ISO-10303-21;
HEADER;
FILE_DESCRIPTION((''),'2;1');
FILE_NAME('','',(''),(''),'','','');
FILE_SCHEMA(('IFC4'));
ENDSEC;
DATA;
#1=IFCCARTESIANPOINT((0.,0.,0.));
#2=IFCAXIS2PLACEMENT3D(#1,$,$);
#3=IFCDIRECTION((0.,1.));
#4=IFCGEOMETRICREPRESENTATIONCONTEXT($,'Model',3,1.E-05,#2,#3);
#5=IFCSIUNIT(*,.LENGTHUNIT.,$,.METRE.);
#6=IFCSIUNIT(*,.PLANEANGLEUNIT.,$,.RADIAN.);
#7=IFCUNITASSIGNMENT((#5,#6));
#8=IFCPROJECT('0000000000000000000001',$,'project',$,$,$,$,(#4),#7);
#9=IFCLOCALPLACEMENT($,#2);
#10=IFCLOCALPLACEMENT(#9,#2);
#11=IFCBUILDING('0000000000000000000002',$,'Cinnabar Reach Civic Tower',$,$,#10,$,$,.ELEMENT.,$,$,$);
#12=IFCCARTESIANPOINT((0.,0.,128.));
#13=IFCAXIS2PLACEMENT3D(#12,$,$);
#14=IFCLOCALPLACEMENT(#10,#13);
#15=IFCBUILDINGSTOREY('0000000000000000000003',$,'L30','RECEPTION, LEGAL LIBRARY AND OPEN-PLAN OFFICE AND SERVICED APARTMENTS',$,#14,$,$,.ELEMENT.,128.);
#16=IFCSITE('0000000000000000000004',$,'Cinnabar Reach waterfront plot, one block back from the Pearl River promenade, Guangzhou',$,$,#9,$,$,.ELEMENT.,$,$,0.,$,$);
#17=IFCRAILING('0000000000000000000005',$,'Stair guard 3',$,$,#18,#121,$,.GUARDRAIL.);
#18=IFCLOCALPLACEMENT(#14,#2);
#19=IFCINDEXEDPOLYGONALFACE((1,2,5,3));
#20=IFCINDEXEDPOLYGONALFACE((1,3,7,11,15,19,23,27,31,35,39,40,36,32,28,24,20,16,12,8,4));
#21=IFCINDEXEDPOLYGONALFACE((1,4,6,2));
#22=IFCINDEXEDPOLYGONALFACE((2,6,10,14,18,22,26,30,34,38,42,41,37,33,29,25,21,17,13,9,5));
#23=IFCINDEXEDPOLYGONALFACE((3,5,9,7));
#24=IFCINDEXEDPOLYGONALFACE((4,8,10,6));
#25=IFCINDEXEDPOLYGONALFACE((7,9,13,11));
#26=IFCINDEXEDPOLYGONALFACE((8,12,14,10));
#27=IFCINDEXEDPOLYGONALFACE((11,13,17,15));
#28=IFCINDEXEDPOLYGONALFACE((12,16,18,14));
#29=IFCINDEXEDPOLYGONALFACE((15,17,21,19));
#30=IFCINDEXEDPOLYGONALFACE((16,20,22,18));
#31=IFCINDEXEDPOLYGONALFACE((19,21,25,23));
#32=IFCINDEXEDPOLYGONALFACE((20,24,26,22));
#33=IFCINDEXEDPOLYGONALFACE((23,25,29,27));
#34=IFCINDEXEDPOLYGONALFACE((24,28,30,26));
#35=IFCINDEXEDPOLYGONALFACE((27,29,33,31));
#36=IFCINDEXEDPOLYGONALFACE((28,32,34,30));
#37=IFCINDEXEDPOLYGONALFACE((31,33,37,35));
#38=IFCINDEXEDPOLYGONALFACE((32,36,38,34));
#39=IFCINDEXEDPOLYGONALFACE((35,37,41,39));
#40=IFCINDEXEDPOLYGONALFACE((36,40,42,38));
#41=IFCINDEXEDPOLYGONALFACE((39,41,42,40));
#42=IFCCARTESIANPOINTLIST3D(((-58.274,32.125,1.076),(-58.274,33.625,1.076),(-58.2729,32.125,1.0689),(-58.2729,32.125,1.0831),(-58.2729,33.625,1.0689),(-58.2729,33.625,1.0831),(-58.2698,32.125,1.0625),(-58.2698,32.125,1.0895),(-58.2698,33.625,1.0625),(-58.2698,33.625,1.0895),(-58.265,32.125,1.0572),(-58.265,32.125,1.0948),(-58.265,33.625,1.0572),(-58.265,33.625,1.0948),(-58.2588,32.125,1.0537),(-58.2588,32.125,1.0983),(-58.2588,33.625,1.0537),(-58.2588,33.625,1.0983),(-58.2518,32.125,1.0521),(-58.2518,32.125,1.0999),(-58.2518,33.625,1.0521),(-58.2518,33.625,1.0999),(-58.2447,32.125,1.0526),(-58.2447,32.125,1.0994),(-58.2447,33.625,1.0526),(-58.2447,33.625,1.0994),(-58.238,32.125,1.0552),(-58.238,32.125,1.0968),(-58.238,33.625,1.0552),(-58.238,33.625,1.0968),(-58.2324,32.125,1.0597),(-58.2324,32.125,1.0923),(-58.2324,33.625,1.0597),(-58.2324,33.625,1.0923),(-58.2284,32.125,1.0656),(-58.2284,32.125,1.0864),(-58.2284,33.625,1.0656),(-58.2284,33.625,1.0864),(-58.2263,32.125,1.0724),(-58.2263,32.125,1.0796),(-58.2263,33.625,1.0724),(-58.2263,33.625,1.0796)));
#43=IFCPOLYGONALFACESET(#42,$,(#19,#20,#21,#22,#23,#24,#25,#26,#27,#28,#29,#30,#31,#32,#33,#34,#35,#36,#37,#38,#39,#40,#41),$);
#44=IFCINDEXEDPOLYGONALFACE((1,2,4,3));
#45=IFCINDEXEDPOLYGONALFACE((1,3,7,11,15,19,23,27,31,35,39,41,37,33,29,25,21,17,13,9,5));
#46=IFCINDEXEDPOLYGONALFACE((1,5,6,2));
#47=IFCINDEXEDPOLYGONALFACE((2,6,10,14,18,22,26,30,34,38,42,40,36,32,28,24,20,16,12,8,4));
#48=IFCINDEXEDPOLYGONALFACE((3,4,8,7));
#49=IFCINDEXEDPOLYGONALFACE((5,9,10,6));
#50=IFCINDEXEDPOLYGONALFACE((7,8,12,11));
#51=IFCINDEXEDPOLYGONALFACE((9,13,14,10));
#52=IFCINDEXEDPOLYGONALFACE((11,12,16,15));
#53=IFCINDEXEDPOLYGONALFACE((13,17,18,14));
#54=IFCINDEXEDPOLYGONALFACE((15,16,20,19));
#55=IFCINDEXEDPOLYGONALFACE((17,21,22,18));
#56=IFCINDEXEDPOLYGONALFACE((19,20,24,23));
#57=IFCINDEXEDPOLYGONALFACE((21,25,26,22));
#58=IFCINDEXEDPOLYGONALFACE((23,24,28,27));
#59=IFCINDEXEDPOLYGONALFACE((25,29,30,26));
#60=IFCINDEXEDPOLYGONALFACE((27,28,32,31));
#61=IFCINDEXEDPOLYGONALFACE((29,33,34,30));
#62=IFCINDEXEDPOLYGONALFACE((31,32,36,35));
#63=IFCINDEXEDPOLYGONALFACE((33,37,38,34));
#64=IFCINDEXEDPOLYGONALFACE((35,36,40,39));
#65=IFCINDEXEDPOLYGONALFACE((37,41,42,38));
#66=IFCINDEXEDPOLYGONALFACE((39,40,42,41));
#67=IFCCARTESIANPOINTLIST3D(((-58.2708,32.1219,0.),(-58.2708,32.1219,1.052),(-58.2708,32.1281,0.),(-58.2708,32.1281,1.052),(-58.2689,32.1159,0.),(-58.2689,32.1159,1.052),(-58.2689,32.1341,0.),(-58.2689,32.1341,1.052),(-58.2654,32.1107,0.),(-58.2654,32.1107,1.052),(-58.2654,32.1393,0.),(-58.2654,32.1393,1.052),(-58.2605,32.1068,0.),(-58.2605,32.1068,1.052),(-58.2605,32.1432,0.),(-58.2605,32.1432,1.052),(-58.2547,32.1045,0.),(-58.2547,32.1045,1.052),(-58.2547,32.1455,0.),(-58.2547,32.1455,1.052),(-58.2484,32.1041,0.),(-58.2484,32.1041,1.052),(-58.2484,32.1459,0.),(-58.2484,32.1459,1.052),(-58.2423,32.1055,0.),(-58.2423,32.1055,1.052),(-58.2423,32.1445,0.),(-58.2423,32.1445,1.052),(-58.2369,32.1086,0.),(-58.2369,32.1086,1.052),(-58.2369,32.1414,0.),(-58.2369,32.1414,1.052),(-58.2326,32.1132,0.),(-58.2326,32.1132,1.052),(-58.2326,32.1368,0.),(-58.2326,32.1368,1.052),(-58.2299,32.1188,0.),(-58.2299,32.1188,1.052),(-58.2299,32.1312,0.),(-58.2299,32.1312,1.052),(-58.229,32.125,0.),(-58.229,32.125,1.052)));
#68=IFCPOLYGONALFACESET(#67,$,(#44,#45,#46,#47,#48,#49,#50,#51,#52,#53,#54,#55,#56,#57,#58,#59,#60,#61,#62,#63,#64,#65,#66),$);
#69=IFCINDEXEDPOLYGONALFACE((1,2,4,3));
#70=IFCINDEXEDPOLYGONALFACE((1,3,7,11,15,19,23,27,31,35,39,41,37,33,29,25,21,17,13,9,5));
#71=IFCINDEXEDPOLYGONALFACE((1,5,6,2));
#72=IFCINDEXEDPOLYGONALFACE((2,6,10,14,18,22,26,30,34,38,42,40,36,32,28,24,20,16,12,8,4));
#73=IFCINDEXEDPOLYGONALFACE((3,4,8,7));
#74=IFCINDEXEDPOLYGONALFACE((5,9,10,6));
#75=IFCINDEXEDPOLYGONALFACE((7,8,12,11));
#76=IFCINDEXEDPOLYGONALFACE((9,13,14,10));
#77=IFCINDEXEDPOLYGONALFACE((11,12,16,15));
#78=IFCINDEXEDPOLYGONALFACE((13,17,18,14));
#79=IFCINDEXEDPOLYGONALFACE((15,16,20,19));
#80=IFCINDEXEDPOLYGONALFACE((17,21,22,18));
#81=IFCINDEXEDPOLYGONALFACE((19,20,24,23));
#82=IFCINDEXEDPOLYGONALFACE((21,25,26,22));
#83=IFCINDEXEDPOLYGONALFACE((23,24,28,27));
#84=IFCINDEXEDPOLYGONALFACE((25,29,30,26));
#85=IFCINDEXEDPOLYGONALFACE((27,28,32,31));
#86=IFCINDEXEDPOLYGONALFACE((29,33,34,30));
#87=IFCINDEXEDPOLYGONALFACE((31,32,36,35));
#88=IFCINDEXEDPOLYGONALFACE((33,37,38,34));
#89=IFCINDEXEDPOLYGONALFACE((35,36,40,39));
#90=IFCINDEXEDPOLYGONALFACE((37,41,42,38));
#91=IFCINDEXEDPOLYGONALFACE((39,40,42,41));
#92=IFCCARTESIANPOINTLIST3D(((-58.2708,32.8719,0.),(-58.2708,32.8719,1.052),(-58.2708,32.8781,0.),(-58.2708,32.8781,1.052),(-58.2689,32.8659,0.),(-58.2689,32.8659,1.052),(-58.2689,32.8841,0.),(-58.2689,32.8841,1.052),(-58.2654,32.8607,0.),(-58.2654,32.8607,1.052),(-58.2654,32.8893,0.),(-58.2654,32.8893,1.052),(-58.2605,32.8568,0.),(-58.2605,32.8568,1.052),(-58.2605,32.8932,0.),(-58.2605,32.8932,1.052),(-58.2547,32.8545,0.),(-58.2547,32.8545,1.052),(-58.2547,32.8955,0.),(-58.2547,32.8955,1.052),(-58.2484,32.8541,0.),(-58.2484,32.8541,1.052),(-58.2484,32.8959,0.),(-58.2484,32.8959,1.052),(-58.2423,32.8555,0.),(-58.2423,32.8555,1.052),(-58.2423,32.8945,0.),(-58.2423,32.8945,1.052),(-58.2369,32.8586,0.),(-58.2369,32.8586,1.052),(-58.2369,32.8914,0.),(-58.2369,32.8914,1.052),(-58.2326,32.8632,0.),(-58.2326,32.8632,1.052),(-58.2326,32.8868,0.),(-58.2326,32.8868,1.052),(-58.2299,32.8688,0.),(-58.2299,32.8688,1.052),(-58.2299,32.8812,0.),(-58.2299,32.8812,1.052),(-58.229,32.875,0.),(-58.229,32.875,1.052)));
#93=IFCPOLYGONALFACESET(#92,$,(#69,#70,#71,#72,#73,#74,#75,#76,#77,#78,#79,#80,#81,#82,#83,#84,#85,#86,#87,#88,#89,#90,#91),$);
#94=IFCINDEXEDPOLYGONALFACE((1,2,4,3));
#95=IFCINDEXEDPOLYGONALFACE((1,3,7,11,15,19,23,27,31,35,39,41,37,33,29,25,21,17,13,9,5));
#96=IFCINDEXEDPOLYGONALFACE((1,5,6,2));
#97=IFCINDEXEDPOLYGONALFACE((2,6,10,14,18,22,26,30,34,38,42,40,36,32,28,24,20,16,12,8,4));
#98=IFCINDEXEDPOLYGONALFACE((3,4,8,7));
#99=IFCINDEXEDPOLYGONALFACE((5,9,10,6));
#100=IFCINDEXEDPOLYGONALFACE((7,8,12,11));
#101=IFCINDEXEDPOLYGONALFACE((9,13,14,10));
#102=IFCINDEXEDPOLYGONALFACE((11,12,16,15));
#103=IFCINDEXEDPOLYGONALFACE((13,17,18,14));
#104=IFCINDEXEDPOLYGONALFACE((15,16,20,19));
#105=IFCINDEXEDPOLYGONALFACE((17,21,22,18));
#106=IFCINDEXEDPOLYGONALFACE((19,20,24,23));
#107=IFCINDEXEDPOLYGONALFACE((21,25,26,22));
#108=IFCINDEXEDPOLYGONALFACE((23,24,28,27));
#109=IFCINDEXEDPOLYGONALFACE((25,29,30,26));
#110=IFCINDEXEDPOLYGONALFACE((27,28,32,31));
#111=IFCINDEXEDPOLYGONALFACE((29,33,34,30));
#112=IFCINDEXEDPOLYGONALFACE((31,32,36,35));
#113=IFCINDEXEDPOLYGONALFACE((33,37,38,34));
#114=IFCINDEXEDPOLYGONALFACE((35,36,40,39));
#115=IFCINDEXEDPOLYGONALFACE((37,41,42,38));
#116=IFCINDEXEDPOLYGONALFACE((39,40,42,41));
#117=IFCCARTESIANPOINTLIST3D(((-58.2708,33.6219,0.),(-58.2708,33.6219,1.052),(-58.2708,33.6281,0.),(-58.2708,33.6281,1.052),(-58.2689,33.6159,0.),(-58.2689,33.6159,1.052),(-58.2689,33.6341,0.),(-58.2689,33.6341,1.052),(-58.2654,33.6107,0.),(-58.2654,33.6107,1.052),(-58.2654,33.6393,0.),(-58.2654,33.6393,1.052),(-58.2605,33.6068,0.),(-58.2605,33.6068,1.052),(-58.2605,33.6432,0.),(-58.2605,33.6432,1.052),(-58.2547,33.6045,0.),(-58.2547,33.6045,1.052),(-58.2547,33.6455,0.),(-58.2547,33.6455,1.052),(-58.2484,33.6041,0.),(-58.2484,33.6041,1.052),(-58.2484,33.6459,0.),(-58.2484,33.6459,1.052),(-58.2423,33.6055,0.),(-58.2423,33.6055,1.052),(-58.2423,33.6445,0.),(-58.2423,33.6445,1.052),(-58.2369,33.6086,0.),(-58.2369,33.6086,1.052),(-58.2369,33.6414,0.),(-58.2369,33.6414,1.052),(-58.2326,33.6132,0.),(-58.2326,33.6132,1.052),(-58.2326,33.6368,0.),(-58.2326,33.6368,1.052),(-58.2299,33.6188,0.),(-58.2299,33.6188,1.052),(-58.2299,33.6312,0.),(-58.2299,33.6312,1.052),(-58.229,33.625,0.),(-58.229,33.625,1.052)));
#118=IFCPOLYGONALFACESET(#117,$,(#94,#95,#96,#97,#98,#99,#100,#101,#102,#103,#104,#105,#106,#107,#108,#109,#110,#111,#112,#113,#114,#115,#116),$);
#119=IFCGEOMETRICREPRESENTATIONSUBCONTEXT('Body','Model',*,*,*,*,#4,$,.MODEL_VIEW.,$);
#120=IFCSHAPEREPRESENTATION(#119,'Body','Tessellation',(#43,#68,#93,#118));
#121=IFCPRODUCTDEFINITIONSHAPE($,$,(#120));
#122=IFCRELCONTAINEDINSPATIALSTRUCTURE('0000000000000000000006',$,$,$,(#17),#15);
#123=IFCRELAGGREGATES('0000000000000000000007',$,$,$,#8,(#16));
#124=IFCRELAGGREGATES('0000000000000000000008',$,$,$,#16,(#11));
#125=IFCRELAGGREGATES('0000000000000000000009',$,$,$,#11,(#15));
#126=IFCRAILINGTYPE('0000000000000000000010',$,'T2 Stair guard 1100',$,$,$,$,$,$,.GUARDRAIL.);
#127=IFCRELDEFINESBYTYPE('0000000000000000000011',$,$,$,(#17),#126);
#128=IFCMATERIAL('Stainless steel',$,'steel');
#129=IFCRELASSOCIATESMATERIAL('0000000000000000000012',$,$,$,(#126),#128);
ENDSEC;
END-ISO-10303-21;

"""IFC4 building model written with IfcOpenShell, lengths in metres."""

from ifc_helpers import new_model, si_unit, direction, frame, origin, origin_2d, place, context, subcontext, project, spatial, circle, extrude, material, type_object, element, save


model = new_model("IFC4")

# Units and contexts
model_context = context("Model", 3, precision=1e-05, world=origin(), true_north=direction((0.0, 1.0)))
body_context = subcontext(model_context, "Body", "Model", "MODEL_VIEW")
ifc_project = project(units=[si_unit("LENGTHUNIT", "METRE"), si_unit("PLANEANGLEUNIT", "RADIAN")], contexts=[model_context])

# Site, building, storey
site_placement = place(None, origin())
site = spatial("IfcSite", under=ifc_project, at=site_placement, Name="Cinnabar Reach waterfront plot, one block back from the Pearl River promenade, Guangzhou", CompositionType="ELEMENT", RefElevation=0.0)
building_placement = place(site_placement, origin())
building = spatial("IfcBuilding", under=site, at=building_placement, Name="Cinnabar Reach Civic Tower", CompositionType="ELEMENT")
storey_placement = place(building_placement, frame((0.0, 0.0, 128.0)))
storey = spatial("IfcBuildingStorey", under=building, at=storey_placement, Name="L30", Description="RECEPTION, LEGAL LIBRARY AND OPEN-PLAN OFFICE AND SERVICED APARTMENTS", CompositionType="ELEMENT", Elevation=128.0)

# Railing
ifc_material_1 = material(Name="Stainless steel", Category="steel")
railing_type = type_object("IfcRailingType", Name="T2 Stair guard 1100", PredefinedType="GUARDRAIL", material=ifc_material_1)
railing_1_placement = place(storey_placement, frame((-58.25, 32.125, 0.0)))
element("IfcRailing", 1, at=railing_1_placement, inside=storey, type_object=railing_type, Name="Stair guard 3", PredefinedType="GUARDRAIL", context=body_context, shape_type="SweptSolid", body=[
    extrude(circle(Radius=0.024, at=origin_2d()), frame((0.0, 0.0, 1.076), z_axis=(0.0, 1.0, 0.0), x_axis=(-1.0, 0.0, 0.0)), (0.0, 0.0, 1.0), 1.5),
    extrude(circle(Radius=0.021, at=origin_2d()), origin(), (0.0, 0.0, 1.0), 1.052),
    extrude(circle(Radius=0.021, at=origin_2d()), frame((0.0, 0.75, 0.0)), (0.0, 0.0, 1.0), 1.052),
    extrude(circle(Radius=0.021, at=origin_2d()), frame((0.0, 1.5, 0.0)), (0.0, 0.0, 1.0), 1.052),
])

save(model, "model.ifc")
